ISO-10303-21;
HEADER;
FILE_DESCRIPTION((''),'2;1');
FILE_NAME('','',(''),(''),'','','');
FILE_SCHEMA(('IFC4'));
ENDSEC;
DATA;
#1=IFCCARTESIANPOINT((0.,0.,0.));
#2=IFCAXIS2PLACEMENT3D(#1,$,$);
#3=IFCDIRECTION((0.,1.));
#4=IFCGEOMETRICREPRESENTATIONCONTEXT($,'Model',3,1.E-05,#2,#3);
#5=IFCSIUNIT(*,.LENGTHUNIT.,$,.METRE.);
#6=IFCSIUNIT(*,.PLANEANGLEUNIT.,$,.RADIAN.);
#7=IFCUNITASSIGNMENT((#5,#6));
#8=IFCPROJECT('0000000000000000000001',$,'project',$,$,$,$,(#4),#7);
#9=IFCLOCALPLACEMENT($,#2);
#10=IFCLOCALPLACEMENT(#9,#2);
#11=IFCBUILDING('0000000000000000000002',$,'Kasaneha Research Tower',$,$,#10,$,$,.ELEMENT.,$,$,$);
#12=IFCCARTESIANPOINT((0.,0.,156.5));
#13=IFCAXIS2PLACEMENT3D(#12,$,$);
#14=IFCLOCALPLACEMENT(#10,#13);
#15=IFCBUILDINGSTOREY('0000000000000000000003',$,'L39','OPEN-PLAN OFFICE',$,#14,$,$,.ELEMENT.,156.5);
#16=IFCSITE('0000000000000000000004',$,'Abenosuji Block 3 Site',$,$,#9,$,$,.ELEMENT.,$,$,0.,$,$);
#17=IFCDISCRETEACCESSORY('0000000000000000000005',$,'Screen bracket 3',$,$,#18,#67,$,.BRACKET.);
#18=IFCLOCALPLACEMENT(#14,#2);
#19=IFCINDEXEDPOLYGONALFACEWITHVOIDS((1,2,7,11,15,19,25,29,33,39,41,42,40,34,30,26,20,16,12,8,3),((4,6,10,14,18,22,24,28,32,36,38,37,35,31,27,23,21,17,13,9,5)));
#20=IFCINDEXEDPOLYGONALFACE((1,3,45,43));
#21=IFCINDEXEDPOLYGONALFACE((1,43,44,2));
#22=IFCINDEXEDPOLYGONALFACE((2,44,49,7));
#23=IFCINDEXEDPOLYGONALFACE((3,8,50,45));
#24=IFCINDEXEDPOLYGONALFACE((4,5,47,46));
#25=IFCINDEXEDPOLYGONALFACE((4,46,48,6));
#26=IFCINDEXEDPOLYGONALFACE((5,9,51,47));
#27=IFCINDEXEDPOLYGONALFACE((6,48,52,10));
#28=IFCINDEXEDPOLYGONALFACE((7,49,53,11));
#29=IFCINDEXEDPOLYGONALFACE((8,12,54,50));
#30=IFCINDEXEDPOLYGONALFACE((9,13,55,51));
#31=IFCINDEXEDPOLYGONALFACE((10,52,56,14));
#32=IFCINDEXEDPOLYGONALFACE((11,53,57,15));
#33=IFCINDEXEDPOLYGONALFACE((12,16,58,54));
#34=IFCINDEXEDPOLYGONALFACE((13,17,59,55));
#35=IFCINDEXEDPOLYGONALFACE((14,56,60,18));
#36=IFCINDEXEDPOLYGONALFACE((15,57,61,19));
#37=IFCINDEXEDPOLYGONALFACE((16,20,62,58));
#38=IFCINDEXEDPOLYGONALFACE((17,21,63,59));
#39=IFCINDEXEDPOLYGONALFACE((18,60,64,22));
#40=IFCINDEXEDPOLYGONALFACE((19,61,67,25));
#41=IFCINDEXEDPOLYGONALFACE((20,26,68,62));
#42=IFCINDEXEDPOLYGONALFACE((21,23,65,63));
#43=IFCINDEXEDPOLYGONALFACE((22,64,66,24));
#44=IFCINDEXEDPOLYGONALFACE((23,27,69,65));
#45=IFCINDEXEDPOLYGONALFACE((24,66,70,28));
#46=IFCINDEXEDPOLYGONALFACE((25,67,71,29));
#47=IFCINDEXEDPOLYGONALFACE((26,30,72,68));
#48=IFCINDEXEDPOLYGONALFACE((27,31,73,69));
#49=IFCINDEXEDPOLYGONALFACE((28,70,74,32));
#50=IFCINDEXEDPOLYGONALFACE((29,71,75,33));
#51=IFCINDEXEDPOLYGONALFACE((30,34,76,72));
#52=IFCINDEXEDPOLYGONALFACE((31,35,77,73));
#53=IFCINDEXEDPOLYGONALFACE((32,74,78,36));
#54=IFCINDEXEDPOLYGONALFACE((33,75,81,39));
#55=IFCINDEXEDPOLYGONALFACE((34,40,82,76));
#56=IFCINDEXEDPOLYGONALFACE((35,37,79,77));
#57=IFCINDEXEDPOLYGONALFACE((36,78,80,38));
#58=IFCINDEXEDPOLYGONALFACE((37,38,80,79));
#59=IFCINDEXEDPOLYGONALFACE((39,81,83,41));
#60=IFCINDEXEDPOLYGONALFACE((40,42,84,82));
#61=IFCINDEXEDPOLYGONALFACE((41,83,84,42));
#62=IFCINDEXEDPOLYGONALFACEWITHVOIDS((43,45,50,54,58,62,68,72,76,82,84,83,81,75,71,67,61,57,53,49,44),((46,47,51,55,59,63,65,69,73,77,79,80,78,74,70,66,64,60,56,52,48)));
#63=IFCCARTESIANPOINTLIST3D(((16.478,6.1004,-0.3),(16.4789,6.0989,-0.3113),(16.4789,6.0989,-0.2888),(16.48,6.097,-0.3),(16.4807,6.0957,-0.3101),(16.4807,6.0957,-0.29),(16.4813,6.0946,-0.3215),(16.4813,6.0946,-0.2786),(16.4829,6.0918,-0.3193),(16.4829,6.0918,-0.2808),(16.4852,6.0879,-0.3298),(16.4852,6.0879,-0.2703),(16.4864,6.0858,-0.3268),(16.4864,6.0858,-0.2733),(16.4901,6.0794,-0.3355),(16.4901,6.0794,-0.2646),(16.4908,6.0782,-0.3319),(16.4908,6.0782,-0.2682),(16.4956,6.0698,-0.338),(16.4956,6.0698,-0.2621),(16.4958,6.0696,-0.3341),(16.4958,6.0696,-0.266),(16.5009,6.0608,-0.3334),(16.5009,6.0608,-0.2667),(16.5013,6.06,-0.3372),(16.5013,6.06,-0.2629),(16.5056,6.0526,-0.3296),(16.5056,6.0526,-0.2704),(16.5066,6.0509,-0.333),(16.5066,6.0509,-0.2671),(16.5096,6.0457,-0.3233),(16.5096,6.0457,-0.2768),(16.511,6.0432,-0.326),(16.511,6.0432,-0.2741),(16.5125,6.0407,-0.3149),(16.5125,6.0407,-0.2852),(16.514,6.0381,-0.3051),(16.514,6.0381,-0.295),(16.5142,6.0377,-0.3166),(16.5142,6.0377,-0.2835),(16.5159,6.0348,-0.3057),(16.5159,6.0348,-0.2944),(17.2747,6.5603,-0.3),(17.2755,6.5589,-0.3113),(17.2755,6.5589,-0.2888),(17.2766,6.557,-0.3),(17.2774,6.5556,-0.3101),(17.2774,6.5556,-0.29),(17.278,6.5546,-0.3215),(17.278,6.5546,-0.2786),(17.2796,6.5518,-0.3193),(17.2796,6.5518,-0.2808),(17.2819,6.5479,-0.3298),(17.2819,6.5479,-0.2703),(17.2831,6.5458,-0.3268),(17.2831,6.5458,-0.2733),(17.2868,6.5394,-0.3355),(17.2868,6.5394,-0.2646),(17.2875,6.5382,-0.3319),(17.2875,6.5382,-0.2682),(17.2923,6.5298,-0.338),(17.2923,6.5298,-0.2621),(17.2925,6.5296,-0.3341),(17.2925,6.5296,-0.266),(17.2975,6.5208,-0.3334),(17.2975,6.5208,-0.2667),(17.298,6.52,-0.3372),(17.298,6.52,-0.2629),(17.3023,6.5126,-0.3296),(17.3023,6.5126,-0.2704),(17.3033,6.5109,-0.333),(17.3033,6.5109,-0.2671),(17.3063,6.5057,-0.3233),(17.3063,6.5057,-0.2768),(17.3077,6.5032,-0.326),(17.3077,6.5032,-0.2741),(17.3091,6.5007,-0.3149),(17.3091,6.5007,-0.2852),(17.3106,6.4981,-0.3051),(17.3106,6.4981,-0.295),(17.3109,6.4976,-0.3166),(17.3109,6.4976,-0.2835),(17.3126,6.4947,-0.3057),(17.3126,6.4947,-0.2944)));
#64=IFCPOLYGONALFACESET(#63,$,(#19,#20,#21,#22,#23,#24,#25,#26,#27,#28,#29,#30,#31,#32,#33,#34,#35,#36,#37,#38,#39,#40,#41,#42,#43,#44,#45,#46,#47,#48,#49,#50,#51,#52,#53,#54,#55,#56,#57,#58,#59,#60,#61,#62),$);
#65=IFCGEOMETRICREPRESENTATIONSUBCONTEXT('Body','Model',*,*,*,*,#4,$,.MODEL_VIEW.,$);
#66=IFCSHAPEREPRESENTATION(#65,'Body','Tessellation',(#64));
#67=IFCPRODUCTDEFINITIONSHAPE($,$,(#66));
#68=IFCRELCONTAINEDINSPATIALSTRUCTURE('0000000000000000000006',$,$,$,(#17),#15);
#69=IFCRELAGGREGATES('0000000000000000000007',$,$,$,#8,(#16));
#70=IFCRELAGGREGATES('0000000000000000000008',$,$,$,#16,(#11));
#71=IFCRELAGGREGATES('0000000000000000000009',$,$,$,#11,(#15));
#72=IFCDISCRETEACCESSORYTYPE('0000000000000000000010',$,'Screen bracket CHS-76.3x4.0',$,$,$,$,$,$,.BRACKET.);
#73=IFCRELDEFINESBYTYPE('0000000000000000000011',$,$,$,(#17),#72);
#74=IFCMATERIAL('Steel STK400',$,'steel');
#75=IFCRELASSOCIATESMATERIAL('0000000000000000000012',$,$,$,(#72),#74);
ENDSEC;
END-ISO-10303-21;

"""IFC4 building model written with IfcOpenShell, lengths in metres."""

from ifc_helpers import new_model, si_unit, direction, frame, origin, origin_2d, place, context, subcontext, project, spatial, hollow_circle, extrude, material, material_profile, profile_set, type_object, element, save


model = new_model("IFC4")

# Units and contexts
model_context = context("Model", 3, precision=1e-05, world=origin(), true_north=direction((0.0, 1.0)))
body_context = subcontext(model_context, "Body", "Model", "MODEL_VIEW")
ifc_project = project(units=[si_unit("LENGTHUNIT", "METRE"), si_unit("PLANEANGLEUNIT", "RADIAN")], contexts=[model_context])

# Site, building, storey
site_placement = place(None, origin())
site = spatial("IfcSite", under=ifc_project, at=site_placement, Name="Abenosuji Block 3 Site", CompositionType="ELEMENT", RefElevation=0.0)
building_placement = place(site_placement, origin())
building = spatial("IfcBuilding", under=site, at=building_placement, Name="Kasaneha Research Tower", CompositionType="ELEMENT")
storey_placement = place(building_placement, frame((0.0, 0.0, 156.5)))
storey = spatial("IfcBuildingStorey", under=building, at=storey_placement, Name="L39", Description="OPEN-PLAN OFFICE", CompositionType="ELEMENT", Elevation=156.5)

# Discrete accessory
ifc_material_1 = material(Name="Steel STK400", Category="steel")
ifc_material_profile_1 = material_profile(ifc_material_1, hollow_circle(Radius=0.0381, WallThickness=0.0039, at=origin_2d()), Name="CHS-76.3x4.0")
ifc_profile_set_1 = profile_set([ifc_material_profile_1], Name="Steel STK400")
discrete_accessory_type = type_object("IfcDiscreteAccessoryType", Name="Screen bracket CHS-76.3x4.0", PredefinedType="BRACKET", material=ifc_profile_set_1)
for number, where, z_axis, x_axis, name in (
    (1, (16.4971, 6.0674, -0.3), (0.866013, 0.500021, 0.0), (-0.500021, 0.866013, 0.0), "Screen bracket 3"),
):
    element("IfcDiscreteAccessory", number, at=place(storey_placement, frame(where, z_axis=z_axis, x_axis=x_axis)), inside=storey, type_object=discrete_accessory_type, Name=name, PredefinedType="BRACKET", context=body_context, shape_type="SweptSolid", body=[
        extrude(hollow_circle(Radius=0.0381, WallThickness=0.0039, at=origin_2d()), origin(), (0.0, 0.0, 1.0), 0.9199),
    ])

save(model, "model.ifc")
